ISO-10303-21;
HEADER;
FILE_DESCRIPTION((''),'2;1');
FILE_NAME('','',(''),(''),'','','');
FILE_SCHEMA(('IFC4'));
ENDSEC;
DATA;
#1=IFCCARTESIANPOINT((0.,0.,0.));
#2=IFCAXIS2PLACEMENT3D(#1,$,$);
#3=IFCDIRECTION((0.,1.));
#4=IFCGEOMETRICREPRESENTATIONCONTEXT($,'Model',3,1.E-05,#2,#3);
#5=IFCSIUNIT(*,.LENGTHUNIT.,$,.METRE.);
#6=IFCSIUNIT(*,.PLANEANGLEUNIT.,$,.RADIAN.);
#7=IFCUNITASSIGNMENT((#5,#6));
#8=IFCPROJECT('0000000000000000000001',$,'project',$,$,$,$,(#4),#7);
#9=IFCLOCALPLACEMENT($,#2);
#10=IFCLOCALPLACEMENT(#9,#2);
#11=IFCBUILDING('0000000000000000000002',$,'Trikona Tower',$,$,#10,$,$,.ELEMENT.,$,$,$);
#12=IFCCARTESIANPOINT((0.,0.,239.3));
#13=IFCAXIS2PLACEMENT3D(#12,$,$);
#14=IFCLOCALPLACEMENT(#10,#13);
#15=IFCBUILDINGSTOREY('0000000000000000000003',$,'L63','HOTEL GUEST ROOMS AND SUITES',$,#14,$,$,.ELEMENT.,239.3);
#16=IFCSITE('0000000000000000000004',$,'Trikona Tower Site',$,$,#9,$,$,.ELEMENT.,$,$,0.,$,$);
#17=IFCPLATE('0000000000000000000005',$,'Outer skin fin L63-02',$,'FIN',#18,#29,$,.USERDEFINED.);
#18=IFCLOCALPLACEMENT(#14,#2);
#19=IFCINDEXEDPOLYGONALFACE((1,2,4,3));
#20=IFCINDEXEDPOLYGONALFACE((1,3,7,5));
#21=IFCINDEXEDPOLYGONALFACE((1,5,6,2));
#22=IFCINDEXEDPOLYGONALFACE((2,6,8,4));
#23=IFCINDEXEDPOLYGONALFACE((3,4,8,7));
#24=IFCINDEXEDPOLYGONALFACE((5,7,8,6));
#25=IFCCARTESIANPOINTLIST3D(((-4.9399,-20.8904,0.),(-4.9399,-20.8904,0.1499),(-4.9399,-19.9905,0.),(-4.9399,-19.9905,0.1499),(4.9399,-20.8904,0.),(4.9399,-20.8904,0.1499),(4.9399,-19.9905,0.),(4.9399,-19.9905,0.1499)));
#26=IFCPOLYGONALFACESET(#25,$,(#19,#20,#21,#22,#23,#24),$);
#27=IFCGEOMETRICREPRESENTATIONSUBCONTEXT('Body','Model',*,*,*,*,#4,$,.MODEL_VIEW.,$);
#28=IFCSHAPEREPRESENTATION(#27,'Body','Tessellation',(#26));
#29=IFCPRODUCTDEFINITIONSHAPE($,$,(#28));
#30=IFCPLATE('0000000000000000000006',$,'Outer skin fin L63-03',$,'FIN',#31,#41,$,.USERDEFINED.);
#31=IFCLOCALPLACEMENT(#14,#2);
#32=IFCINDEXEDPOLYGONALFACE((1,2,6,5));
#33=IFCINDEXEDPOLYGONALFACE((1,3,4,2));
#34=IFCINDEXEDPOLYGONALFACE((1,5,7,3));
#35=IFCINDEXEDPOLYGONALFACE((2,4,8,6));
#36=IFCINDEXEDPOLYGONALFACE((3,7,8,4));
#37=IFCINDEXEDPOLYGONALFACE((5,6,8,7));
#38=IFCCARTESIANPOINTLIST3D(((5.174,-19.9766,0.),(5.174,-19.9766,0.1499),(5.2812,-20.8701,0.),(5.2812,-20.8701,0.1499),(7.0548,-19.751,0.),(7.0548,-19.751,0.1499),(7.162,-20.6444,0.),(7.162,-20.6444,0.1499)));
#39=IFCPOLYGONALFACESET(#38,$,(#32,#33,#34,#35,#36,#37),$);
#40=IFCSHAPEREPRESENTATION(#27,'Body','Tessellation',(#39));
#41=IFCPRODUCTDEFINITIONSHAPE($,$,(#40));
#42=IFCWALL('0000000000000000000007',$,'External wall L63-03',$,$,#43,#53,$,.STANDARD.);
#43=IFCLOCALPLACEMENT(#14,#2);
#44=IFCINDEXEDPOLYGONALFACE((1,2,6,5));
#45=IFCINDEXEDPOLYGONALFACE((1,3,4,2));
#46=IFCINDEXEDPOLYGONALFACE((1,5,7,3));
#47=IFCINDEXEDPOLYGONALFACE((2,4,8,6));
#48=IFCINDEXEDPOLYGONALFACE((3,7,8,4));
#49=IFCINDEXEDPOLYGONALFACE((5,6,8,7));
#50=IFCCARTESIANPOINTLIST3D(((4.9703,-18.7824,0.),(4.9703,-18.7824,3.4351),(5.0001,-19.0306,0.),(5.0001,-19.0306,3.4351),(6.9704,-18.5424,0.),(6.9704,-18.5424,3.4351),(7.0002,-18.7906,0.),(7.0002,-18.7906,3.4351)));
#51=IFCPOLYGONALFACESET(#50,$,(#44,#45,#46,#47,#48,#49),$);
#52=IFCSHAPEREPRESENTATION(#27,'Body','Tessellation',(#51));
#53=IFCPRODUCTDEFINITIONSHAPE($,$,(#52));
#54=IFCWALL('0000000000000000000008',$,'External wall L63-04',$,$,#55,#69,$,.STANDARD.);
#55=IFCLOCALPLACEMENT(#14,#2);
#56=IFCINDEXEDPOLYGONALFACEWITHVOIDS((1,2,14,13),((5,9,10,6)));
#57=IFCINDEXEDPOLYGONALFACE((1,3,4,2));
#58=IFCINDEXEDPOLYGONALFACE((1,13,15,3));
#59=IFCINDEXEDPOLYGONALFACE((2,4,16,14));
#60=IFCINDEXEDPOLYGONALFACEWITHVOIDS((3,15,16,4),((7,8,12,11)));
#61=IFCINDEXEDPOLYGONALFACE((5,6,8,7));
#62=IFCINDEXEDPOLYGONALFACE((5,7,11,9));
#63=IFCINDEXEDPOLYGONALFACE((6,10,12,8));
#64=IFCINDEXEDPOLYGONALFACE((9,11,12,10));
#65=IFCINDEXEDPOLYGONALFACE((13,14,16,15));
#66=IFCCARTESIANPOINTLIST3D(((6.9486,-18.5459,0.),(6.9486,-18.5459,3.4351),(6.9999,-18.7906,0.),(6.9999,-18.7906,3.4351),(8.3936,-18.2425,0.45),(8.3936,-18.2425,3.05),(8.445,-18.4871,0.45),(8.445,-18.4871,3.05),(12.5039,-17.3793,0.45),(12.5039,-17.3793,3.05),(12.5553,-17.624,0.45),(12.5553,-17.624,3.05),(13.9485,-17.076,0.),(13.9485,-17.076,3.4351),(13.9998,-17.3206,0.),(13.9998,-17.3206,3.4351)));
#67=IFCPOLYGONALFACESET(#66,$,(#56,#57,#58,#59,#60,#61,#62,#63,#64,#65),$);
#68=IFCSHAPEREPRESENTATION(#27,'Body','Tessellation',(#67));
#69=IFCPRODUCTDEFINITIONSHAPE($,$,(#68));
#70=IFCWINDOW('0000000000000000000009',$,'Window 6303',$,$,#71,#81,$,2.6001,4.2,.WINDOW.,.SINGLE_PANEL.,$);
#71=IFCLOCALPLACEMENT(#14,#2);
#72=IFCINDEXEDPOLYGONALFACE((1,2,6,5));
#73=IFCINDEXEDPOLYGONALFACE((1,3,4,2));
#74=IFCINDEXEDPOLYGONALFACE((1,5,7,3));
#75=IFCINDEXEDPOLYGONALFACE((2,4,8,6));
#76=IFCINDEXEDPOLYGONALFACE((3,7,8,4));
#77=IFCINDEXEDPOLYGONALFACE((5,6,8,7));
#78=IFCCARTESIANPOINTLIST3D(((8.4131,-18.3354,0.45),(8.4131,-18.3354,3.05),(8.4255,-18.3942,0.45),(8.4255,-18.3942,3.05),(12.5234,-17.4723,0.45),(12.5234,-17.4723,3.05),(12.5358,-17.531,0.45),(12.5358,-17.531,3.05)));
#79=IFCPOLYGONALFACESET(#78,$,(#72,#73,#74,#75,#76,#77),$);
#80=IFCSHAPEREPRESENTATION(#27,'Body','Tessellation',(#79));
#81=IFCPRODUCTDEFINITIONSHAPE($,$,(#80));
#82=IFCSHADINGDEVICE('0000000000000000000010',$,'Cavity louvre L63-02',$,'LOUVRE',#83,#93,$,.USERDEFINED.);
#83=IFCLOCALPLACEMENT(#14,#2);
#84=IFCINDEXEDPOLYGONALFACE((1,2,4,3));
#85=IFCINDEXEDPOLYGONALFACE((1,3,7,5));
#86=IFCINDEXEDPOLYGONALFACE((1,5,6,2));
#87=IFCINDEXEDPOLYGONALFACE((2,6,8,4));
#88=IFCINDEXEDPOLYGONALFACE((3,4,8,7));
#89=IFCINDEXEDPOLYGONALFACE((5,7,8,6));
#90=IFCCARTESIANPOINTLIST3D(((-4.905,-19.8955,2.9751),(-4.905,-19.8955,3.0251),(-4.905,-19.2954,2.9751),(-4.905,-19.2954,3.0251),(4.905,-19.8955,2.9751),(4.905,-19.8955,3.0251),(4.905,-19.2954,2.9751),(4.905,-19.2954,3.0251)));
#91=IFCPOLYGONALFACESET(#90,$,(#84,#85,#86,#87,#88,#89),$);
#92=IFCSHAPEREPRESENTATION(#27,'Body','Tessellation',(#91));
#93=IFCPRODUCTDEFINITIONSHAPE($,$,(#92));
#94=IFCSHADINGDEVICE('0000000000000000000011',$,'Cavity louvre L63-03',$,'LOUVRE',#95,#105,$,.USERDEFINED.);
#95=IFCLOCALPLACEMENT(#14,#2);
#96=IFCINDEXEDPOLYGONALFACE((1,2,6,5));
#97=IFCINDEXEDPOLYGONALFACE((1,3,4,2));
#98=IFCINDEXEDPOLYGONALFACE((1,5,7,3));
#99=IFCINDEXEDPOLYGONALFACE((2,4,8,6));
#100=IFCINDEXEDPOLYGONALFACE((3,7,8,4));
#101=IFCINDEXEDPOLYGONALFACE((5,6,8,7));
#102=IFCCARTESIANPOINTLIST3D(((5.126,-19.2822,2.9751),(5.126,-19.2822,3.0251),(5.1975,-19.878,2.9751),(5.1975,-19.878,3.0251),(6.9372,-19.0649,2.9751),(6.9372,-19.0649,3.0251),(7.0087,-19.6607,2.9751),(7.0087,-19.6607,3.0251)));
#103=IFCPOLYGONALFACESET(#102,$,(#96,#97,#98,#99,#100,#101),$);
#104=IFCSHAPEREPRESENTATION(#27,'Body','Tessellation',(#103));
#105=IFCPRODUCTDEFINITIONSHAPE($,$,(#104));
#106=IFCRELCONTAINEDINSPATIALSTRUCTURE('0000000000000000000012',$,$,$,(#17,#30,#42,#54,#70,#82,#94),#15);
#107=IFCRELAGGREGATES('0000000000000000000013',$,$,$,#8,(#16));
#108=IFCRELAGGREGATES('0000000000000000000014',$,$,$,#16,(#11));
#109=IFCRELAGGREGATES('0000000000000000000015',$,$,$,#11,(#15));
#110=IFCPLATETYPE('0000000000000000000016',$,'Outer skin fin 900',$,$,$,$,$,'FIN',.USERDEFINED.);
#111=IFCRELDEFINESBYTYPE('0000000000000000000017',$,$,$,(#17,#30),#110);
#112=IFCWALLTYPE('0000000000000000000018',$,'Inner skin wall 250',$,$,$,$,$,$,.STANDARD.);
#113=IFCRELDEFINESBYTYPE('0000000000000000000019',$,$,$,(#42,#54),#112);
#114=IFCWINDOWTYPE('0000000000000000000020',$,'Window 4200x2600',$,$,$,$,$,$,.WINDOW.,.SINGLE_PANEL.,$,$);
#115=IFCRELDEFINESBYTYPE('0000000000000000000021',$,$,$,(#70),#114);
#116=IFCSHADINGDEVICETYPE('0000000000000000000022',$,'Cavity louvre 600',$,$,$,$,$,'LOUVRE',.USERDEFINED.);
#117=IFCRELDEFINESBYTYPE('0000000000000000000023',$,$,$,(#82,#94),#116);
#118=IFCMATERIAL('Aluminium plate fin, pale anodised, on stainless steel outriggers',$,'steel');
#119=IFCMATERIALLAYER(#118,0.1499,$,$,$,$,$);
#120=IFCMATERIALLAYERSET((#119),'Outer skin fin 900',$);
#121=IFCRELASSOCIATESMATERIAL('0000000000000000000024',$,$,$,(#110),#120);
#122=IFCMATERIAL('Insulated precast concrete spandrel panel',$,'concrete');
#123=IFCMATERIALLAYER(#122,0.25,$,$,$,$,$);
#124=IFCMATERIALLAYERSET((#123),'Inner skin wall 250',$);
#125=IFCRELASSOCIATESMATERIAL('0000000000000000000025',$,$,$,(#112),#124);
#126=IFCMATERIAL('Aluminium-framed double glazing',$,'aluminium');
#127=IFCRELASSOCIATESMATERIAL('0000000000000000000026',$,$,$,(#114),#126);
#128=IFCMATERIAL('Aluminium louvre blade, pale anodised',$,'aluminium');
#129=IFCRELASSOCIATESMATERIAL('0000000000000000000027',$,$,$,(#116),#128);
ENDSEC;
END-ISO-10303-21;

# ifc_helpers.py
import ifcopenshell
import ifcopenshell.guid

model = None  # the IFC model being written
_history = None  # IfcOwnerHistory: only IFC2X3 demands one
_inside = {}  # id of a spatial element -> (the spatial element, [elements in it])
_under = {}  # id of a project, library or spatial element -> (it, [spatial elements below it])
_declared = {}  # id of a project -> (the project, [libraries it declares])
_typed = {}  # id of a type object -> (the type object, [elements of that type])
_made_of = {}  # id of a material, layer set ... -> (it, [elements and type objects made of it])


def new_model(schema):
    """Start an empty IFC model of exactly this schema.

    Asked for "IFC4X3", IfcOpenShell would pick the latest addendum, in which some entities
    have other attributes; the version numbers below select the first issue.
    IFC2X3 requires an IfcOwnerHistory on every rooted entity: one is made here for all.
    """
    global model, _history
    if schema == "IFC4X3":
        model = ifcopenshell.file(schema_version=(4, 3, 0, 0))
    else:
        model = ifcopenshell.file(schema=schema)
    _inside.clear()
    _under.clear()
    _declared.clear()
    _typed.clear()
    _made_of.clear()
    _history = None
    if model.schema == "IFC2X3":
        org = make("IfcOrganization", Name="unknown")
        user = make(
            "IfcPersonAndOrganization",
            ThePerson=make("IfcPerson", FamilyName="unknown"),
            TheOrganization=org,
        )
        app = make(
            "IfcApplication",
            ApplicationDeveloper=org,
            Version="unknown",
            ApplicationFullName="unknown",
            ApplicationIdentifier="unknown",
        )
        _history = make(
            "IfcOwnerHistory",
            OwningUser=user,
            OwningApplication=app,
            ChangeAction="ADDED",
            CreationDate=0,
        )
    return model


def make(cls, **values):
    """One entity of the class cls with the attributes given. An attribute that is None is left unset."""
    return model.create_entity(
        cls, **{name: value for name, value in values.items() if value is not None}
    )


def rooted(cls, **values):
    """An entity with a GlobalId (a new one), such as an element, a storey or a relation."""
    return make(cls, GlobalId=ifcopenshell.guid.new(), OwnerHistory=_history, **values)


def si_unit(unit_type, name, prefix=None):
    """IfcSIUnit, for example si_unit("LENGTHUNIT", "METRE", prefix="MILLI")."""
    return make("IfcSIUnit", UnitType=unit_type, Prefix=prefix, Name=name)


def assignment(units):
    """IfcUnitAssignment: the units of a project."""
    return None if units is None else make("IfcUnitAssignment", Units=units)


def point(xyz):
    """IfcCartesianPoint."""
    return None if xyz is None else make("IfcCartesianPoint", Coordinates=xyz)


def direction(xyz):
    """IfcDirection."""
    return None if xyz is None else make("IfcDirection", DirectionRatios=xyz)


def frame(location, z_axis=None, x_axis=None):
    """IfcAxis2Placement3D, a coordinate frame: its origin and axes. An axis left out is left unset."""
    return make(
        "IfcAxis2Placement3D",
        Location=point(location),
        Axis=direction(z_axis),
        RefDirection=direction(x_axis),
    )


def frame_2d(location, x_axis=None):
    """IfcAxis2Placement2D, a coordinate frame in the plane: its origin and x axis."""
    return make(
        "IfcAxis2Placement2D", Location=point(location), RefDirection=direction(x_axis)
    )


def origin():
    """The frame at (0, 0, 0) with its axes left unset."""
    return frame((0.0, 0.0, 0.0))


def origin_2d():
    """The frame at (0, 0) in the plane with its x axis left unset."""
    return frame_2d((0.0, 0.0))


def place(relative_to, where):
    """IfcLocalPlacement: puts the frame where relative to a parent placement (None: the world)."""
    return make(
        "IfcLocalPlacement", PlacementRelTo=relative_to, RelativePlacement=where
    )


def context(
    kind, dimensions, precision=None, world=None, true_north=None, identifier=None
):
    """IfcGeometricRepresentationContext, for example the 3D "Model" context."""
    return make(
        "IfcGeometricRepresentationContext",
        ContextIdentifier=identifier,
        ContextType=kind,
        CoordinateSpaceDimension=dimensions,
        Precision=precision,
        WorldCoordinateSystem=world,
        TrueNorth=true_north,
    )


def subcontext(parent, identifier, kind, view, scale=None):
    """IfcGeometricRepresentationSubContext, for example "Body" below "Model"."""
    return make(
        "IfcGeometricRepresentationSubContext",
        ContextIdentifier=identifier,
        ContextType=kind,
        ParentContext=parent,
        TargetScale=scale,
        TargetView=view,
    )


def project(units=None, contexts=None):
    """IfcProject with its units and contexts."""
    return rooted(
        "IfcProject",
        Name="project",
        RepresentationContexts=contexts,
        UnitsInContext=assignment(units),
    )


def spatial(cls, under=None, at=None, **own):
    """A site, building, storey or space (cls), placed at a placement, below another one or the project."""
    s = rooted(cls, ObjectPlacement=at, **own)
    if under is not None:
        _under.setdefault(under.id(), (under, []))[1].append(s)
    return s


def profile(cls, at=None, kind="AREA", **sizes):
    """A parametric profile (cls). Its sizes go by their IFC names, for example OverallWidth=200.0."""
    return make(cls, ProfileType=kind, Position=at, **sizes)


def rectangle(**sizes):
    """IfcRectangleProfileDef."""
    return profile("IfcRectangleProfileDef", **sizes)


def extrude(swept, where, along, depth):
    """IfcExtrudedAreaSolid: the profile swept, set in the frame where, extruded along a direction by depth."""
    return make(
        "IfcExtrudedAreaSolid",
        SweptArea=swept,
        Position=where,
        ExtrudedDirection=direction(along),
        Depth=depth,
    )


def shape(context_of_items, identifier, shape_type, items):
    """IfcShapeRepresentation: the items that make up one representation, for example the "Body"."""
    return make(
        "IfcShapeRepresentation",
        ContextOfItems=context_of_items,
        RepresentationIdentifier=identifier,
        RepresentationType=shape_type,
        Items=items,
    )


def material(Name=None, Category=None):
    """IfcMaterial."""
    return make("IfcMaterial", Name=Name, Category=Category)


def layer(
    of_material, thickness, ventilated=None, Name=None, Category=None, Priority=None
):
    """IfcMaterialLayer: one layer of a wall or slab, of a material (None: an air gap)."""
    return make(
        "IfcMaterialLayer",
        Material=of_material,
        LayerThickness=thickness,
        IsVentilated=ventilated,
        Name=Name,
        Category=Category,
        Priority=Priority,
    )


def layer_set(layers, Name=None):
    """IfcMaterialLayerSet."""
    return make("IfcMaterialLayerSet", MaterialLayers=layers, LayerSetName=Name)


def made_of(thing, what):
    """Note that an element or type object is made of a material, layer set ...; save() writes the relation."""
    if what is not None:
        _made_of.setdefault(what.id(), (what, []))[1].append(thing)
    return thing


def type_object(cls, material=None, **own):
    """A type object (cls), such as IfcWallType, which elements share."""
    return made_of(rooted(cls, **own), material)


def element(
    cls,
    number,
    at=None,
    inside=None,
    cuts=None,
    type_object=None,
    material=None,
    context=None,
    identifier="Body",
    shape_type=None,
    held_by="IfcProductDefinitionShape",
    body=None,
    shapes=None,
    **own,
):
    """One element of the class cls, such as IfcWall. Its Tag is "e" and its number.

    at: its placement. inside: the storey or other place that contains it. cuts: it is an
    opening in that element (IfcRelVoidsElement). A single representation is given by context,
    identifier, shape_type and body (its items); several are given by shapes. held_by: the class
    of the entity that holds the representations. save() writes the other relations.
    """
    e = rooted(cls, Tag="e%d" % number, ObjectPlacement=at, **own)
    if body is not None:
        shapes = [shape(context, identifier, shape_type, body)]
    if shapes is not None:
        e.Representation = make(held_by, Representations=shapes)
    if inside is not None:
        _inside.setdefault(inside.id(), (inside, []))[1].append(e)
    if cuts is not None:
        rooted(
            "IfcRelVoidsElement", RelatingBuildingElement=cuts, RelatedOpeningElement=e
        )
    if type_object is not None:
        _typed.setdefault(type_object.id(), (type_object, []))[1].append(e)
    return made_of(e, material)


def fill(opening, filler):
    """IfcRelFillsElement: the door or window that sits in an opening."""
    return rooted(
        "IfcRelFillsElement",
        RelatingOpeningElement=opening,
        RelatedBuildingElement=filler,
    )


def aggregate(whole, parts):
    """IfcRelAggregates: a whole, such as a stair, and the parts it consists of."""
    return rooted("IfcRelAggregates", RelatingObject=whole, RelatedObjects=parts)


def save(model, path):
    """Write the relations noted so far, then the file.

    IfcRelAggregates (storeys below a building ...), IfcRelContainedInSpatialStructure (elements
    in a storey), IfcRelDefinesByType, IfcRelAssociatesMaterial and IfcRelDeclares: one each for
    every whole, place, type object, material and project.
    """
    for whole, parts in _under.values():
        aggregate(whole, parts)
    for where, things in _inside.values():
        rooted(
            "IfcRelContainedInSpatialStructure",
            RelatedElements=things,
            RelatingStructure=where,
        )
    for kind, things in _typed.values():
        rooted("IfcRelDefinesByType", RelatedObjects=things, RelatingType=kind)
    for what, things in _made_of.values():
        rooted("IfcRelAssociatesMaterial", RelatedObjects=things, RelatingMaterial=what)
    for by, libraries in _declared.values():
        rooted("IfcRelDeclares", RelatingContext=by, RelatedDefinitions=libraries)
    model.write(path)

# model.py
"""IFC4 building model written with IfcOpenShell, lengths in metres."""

from ifc_helpers import new_model, si_unit, direction, frame, frame_2d, origin, origin_2d, place, context, subcontext, project, spatial, rectangle, extrude, material, layer, layer_set, type_object, element, fill, save


model = new_model("IFC4")

# Units and contexts
model_context = context("Model", 3, precision=1e-05, world=origin(), true_north=direction((0.0, 1.0)))
body_context = subcontext(model_context, "Body", "Model", "MODEL_VIEW")
ifc_project = project(units=[si_unit("LENGTHUNIT", "METRE"), si_unit("PLANEANGLEUNIT", "RADIAN")], contexts=[model_context])

# Site, building, storey
site_placement = place(None, origin())
site = spatial("IfcSite", under=ifc_project, at=site_placement, Name="Trikona Tower Site", CompositionType="ELEMENT", RefElevation=0.0)
building_placement = place(site_placement, origin())
building = spatial("IfcBuilding", under=site, at=building_placement, Name="Trikona Tower", CompositionType="ELEMENT")
storey_placement = place(building_placement, frame((0.0, 0.0, 239.3)))
storey = spatial("IfcBuildingStorey", under=building, at=storey_placement, Name="L63", Description="HOTEL GUEST ROOMS AND SUITES", CompositionType="ELEMENT", Elevation=239.3)

# Plates
ifc_material_1 = material(Name="Aluminium plate fin, pale anodised, on stainless steel outriggers", Category="steel")
ifc_layer_1 = layer(ifc_material_1, 0.1499)
ifc_layer_set_1 = layer_set([ifc_layer_1], Name="Outer skin fin 900")
plate_type_1 = type_object("IfcPlateType", Name="Outer skin fin 900", ElementType="FIN", PredefinedType="USERDEFINED", material=ifc_layer_set_1)
plate_1_placement = place(storey_placement, frame((0.0, -20.4404, 0.0), z_axis=(0.0, 0.0, 1.0), x_axis=(1.0, 0.0, 0.0)))
element("IfcPlate", 1, at=plate_1_placement, inside=storey, type_object=plate_type_1, Name="Outer skin fin L63-02", ObjectType="FIN", PredefinedType="USERDEFINED", context=body_context, shape_type="SweptSolid", body=[
    extrude(rectangle(XDim=9.8799, YDim=0.8999, at=origin_2d()), origin(), (0.0, 0.0, 1.0), 0.1499),
])
plate_2_placement = place(storey_placement, frame((6.168, -20.3105, 0.0), z_axis=(0.0, 0.0, 1.0), x_axis=(0.992877, 0.119146, 0.0)))
element("IfcPlate", 2, at=plate_2_placement, inside=storey, type_object=plate_type_1, Name="Outer skin fin L63-03", ObjectType="FIN", PredefinedType="USERDEFINED", context=body_context, shape_type="SweptSolid", body=[
    extrude(rectangle(XDim=1.8943, YDim=0.8999, at=origin_2d()), origin(), (0.0, 0.0, 1.0), 0.1499),
])

# Wall
ifc_material_2 = material(Name="Insulated precast concrete spandrel panel", Category="concrete")
ifc_layer_2 = layer(ifc_material_2, 0.25)
ifc_layer_set_2 = layer_set([ifc_layer_2], Name="Inner skin wall 250")
wall_type = type_object("IfcWallType", Name="Inner skin wall 250", PredefinedType="STANDARD", material=ifc_layer_set_2)
wall_1_placement = place(storey_placement, frame((4.9851, -18.9065, 0.0), z_axis=(0.0, 0.0, 1.0), x_axis=(0.992877, 0.11914, 0.0)))
element("IfcWall", 3, at=wall_1_placement, inside=storey, type_object=wall_type, Name="External wall L63-03", PredefinedType="STANDARD", context=body_context, shape_type="SweptSolid", body=[
    extrude(rectangle(XDim=2.0144, YDim=0.25, at=frame_2d((1.0073, 0.0))), origin(), (0.0, 0.0, 1.0), 3.4351),
])

# Wall, opening, window
wall_2_placement = place(storey_placement, frame((6.9744, -18.6682, 0.0), z_axis=(0.0, 0.0, 1.0), x_axis=(0.978654, 0.205513, 0.0)))
wall_2 = element("IfcWall", 4, at=wall_2_placement, inside=storey, type_object=wall_type, Name="External wall L63-04", PredefinedType="STANDARD", context=body_context, shape_type="SweptSolid", body=[
    extrude(rectangle(XDim=7.1526, YDim=0.25, at=frame_2d((3.5762, 0.0))), origin(), (0.0, 0.0, 1.0), 3.4351),
])
opening_placement = place(wall_2_placement, frame((1.4763, 0.0, 0.45)))
opening = element("IfcOpeningElement", 5, at=opening_placement, cuts=wall_2, PredefinedType="OPENING", context=body_context, shape_type="SweptSolid", body=[
    extrude(rectangle(XDim=4.2, YDim=2.6001, at=frame_2d((2.1001, 1.3))), frame((0.0, 0.135, 0.0), z_axis=(0.0, -1.0, 0.0), x_axis=(1.0, 0.0, 0.0)), (0.0, 0.0, 1.0), 0.27),
])
ifc_material_3 = material(Name="Aluminium-framed double glazing", Category="aluminium")
window_type = type_object("IfcWindowType", Name="Window 4200x2600", PartitioningType="SINGLE_PANEL", PredefinedType="WINDOW", material=ifc_material_3)
window_placement = place(opening_placement, origin())
window = element("IfcWindow", 6, at=window_placement, inside=storey, type_object=window_type, Name="Window 6303", OverallHeight=2.6001, OverallWidth=4.2, PartitioningType="SINGLE_PANEL", PredefinedType="WINDOW", context=body_context, shape_type="SweptSolid", body=[
    extrude(rectangle(XDim=4.2, YDim=2.6001, at=frame_2d((2.1001, 1.3))), frame((0.0, 0.03, 0.0), z_axis=(0.0, -1.0, 0.0), x_axis=(1.0, 0.0, 0.0)), (0.0, 0.0, 1.0), 0.0601),
])
fill(opening, window)

# Shading devices
ifc_material_4 = material(Name="Aluminium louvre blade, pale anodised", Category="aluminium")
shading_device_type = type_object("IfcShadingDeviceType", Name="Cavity louvre 600", ElementType="LOUVRE", PredefinedType="USERDEFINED", material=ifc_material_4)
shading_device_1_placement = place(storey_placement, frame((0.0, -19.5955, 2.9751), z_axis=(0.0, 0.0, 1.0), x_axis=(1.0, 0.0, 0.0)))
element("IfcShadingDevice", 7, at=shading_device_1_placement, inside=storey, type_object=shading_device_type, Name="Cavity louvre L63-02", ObjectType="LOUVRE", PredefinedType="USERDEFINED", context=body_context, shape_type="SweptSolid", body=[
    extrude(rectangle(XDim=9.8101, YDim=0.6001, at=origin_2d()), origin(), (0.0, 0.0, 1.0), 0.05),
])
shading_device_2_placement = place(storey_placement, frame((6.0674, -19.4714, 2.9751), z_axis=(0.0, 0.0, 1.0), x_axis=(0.992877, 0.119146, 0.0)))
element("IfcShadingDevice", 8, at=shading_device_2_placement, inside=storey, type_object=shading_device_type, Name="Cavity louvre L63-03", ObjectType="LOUVRE", PredefinedType="USERDEFINED", context=body_context, shape_type="SweptSolid", body=[
    extrude(rectangle(XDim=1.8242, YDim=0.6001, at=origin_2d()), origin(), (0.0, 0.0, 1.0), 0.05),
])

save(model, "model.ifc")
